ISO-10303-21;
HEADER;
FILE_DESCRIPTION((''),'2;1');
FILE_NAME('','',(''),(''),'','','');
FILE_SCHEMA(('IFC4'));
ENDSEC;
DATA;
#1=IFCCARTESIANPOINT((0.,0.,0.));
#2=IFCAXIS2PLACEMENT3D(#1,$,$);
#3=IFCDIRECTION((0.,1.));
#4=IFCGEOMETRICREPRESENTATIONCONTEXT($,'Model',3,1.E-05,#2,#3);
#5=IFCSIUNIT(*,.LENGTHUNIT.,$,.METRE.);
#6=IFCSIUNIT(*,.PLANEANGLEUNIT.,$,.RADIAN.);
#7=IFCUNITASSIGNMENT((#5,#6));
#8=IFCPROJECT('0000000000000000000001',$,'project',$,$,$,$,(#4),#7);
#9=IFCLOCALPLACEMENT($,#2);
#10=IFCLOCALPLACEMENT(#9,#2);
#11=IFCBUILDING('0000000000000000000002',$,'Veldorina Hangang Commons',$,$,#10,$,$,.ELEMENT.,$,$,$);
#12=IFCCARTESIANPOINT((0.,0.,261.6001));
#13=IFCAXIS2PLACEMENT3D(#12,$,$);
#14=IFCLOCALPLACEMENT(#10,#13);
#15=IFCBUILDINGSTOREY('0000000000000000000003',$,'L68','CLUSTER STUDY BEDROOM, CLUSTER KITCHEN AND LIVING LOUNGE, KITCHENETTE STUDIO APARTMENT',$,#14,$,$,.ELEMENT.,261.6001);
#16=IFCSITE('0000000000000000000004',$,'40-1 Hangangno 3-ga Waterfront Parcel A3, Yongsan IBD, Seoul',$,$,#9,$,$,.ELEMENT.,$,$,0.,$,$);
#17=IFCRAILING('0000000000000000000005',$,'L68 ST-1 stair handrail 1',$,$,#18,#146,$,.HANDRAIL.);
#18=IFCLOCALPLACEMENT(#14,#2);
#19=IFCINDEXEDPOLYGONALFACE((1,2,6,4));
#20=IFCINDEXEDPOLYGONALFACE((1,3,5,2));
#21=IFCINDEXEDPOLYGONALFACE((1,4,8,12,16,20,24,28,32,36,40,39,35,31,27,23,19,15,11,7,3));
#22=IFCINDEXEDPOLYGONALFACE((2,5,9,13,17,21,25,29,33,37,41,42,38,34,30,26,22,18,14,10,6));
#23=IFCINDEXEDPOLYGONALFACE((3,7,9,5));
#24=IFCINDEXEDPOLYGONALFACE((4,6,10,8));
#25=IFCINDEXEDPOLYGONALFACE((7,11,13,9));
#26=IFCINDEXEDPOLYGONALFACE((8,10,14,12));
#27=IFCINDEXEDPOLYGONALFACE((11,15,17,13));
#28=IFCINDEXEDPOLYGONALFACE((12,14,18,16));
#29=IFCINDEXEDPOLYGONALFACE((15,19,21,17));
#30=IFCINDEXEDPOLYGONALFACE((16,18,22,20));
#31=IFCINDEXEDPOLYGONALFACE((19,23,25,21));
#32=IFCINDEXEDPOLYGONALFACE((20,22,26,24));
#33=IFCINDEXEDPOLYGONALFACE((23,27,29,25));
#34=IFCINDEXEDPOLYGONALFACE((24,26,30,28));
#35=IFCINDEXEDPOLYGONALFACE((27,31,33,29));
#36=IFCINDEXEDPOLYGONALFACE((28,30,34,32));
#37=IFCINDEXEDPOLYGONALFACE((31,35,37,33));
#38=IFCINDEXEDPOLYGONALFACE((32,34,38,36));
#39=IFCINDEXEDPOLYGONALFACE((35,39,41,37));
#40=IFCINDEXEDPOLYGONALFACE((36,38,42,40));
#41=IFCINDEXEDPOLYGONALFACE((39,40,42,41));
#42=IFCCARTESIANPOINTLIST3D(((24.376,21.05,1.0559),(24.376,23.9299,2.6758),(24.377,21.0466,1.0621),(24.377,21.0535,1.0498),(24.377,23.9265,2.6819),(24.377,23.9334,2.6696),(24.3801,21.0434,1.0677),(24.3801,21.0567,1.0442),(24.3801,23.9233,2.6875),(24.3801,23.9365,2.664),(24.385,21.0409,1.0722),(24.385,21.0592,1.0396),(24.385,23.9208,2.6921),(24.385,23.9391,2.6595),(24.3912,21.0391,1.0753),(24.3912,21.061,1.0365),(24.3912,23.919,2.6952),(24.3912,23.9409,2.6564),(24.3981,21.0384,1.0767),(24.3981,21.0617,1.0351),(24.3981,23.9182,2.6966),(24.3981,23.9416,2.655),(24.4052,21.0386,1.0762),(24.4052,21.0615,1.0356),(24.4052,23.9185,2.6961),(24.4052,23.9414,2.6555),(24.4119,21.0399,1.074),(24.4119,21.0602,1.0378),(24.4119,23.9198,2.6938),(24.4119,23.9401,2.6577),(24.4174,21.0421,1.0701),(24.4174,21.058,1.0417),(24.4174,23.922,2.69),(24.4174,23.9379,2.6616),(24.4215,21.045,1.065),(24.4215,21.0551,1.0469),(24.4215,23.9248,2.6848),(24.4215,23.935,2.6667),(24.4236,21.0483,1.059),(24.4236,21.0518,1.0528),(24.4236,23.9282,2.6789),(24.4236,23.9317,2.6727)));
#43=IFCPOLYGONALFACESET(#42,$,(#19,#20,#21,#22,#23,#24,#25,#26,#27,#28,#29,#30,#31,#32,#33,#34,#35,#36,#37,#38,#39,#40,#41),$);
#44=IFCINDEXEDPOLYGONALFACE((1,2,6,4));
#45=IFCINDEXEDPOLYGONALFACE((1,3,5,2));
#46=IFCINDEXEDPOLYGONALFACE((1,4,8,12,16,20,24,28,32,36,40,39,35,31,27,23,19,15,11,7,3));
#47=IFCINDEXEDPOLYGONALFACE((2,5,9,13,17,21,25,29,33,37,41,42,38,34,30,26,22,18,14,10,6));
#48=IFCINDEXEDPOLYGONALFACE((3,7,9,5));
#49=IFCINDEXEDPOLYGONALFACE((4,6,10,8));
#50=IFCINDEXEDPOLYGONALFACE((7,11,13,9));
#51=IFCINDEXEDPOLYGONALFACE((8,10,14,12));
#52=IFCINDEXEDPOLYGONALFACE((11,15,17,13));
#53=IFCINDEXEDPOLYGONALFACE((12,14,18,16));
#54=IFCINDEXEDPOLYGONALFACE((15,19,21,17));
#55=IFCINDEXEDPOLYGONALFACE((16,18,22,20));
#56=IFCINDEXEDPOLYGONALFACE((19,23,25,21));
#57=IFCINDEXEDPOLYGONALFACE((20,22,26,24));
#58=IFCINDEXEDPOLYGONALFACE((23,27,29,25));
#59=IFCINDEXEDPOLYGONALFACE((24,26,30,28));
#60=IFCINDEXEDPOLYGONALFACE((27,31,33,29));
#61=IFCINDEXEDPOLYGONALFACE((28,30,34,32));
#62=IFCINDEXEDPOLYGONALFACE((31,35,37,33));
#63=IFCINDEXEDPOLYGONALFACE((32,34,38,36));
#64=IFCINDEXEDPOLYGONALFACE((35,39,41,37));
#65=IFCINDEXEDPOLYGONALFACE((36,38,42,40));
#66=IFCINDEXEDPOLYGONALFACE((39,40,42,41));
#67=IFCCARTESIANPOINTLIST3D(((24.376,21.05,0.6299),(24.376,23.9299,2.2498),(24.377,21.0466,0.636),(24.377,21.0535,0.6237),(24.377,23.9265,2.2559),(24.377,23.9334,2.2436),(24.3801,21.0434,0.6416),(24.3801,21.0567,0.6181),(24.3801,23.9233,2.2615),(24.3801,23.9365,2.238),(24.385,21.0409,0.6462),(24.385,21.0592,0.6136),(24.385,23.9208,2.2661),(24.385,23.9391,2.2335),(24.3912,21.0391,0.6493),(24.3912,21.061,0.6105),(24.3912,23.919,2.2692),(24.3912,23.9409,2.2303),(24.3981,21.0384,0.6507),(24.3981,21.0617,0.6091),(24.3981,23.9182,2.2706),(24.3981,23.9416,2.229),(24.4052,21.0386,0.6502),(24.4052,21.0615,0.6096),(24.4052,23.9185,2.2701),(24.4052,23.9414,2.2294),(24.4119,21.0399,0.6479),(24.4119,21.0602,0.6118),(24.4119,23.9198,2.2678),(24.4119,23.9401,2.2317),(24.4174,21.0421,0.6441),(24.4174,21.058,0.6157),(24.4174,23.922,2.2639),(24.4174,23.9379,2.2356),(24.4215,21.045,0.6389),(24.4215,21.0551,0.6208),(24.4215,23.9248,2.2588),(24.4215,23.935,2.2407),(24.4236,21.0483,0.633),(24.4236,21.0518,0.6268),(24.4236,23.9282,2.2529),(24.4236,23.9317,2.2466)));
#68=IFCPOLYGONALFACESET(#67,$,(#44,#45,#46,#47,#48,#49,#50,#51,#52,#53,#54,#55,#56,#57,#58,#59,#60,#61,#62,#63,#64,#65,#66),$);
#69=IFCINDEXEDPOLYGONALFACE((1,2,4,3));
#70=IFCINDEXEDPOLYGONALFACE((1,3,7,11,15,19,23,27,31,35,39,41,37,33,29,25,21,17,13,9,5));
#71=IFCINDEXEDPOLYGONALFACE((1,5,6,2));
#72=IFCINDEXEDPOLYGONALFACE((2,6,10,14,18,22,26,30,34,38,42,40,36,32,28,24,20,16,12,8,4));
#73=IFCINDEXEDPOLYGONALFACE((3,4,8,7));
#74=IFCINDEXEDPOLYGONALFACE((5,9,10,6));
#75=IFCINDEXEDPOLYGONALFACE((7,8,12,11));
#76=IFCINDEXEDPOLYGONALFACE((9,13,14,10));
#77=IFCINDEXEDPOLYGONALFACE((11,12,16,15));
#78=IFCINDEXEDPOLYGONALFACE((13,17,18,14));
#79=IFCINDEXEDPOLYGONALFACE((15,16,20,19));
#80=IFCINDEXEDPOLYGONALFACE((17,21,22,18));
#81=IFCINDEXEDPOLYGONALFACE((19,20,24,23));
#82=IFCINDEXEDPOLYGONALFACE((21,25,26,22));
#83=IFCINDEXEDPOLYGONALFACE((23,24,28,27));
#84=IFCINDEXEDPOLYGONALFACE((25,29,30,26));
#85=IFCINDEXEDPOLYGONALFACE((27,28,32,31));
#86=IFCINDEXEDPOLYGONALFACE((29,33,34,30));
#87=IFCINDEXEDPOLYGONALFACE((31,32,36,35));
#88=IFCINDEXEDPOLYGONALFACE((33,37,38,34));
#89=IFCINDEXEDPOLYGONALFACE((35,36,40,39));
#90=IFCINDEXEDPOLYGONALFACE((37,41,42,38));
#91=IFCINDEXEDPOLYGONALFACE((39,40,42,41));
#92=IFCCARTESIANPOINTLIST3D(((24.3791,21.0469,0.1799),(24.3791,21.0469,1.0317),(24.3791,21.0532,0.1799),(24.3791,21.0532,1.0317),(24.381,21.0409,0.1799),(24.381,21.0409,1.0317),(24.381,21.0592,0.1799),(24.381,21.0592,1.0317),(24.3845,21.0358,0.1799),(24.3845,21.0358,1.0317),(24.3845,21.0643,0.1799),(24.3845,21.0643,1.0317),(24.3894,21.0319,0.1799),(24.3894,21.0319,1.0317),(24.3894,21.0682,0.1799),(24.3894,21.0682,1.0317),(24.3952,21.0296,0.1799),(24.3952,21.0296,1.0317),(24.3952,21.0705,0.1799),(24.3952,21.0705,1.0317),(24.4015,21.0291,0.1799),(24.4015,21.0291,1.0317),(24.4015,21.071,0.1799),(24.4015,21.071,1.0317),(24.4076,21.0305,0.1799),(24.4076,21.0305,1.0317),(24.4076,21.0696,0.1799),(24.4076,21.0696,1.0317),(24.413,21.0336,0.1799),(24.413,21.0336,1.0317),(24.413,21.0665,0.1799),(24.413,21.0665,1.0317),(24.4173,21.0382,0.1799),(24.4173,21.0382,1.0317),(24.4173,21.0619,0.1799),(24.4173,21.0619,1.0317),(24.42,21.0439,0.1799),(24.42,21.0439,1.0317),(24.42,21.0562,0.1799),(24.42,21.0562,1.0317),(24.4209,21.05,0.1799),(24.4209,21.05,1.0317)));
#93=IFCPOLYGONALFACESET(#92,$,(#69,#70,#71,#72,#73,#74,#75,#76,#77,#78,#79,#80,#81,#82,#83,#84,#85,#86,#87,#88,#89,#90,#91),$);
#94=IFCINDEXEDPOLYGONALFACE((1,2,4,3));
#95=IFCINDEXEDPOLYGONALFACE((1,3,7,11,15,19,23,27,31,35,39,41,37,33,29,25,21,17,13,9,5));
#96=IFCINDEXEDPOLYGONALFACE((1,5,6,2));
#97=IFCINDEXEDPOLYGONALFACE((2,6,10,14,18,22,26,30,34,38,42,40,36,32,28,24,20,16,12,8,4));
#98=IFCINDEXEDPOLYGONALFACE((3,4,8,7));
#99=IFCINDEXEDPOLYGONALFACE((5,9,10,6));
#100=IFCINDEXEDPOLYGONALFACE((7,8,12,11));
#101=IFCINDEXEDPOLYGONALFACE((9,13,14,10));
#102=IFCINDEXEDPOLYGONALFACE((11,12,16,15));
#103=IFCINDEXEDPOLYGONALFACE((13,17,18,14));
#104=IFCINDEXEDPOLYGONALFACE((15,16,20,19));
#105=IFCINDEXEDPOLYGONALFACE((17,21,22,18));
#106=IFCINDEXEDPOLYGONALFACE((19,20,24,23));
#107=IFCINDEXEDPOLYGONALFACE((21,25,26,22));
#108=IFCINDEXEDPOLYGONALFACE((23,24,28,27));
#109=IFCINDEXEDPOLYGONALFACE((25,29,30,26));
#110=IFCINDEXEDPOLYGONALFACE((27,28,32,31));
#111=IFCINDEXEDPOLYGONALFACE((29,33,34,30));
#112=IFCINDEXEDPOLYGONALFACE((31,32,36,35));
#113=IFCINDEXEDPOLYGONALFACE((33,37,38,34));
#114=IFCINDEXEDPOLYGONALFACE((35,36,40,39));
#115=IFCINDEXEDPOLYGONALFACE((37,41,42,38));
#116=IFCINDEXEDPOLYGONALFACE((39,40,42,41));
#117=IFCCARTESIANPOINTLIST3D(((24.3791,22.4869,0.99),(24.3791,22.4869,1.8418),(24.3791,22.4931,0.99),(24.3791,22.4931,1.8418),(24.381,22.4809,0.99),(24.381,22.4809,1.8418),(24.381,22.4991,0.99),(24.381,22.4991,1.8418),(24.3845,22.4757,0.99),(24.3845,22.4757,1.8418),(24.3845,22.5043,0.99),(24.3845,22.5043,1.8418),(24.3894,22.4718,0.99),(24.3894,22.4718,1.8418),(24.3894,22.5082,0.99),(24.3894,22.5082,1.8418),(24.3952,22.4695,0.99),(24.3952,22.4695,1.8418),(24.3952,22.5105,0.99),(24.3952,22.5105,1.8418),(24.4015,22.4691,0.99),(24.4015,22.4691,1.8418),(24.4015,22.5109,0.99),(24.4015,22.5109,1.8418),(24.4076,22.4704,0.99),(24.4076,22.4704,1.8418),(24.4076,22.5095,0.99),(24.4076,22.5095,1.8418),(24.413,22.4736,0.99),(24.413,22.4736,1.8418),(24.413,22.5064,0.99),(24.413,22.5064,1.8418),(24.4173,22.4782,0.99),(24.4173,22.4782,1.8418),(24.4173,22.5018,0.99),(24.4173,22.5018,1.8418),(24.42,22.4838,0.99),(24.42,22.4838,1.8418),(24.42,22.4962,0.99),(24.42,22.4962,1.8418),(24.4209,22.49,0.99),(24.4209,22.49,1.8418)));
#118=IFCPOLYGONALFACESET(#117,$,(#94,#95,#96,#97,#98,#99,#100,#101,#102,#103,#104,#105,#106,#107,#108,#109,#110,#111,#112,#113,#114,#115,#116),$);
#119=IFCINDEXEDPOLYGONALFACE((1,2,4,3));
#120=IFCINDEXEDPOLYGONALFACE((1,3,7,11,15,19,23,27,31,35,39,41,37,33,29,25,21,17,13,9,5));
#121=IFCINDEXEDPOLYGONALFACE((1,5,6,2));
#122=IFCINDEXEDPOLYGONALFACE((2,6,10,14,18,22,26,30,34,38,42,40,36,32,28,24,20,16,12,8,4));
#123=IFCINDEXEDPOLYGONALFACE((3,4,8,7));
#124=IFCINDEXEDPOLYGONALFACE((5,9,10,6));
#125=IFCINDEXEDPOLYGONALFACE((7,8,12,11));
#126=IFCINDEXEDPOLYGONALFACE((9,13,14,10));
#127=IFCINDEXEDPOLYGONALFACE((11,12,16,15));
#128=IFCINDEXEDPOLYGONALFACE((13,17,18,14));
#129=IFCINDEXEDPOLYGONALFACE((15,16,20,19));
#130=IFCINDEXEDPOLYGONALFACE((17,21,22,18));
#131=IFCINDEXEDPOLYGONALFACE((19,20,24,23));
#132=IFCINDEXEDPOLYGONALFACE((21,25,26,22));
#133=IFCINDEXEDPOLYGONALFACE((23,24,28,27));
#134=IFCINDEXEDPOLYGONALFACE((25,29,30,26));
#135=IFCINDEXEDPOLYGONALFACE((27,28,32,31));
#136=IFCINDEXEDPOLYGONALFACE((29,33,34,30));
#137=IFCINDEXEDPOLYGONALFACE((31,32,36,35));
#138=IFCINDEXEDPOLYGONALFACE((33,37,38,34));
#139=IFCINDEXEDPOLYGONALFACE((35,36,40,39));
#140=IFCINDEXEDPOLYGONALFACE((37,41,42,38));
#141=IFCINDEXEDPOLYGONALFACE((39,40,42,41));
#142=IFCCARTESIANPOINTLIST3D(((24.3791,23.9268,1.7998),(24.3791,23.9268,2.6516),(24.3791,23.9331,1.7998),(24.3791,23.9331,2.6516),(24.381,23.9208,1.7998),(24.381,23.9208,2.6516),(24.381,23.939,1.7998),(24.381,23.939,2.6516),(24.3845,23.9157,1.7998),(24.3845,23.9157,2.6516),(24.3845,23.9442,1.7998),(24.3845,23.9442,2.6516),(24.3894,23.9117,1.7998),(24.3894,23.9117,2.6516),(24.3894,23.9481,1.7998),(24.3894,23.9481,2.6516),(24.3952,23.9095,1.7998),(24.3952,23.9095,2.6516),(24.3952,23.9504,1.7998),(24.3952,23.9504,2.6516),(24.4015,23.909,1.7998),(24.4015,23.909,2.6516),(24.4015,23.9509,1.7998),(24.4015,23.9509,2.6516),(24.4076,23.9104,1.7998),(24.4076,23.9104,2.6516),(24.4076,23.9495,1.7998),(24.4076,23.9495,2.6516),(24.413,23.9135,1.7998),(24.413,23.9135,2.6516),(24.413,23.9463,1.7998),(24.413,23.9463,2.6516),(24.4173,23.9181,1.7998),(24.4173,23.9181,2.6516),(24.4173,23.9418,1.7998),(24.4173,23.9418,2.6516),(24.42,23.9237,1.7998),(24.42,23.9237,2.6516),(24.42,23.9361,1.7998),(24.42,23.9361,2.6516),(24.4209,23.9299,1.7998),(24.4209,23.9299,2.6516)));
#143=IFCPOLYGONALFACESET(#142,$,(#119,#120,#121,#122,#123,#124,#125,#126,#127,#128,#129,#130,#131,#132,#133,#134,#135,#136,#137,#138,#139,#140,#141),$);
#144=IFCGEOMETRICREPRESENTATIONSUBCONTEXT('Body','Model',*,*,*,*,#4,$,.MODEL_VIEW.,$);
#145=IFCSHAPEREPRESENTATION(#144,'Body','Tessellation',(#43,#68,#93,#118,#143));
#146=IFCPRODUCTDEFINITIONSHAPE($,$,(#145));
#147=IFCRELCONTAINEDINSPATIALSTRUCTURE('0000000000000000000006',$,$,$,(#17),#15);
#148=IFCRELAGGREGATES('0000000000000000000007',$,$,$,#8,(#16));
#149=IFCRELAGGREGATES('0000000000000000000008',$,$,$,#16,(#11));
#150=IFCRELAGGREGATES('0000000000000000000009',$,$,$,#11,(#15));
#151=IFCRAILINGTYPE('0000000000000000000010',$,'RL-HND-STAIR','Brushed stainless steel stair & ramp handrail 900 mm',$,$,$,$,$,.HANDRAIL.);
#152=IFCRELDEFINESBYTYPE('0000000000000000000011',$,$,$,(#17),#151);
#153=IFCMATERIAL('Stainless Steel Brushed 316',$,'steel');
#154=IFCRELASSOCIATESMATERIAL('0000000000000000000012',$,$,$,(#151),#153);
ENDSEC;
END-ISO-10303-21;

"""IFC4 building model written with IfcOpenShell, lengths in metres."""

from ifc_helpers import new_model, si_unit, direction, frame, origin, origin_2d, place, context, subcontext, project, spatial, circle, extrude, material, type_object, element, save


model = new_model("IFC4")

# Units and contexts
model_context = context("Model", 3, precision=1e-05, world=origin(), true_north=direction((0.0, 1.0)))
body_context = subcontext(model_context, "Body", "Model", "MODEL_VIEW")
ifc_project = project(units=[si_unit("LENGTHUNIT", "METRE"), si_unit("PLANEANGLEUNIT", "RADIAN")], contexts=[model_context])

# Site, building, storey
site_placement = place(None, origin())
site = spatial("IfcSite", under=ifc_project, at=site_placement, Name="40-1 Hangangno 3-ga Waterfront Parcel A3, Yongsan IBD, Seoul", CompositionType="ELEMENT", RefElevation=0.0)
building_placement = place(site_placement, origin())
building = spatial("IfcBuilding", under=site, at=building_placement, Name="Veldorina Hangang Commons", CompositionType="ELEMENT")
storey_placement = place(building_placement, frame((0.0, 0.0, 261.6001)))
storey = spatial("IfcBuildingStorey", under=building, at=storey_placement, Name="L68", Description="CLUSTER STUDY BEDROOM, CLUSTER KITCHEN AND LIVING LOUNGE, KITCHENETTE STUDIO APARTMENT", CompositionType="ELEMENT", Elevation=261.6001)

# Railing
ifc_material_1 = material(Name="Stainless Steel Brushed 316", Category="steel")
railing_type_1 = type_object("IfcRailingType", Name="RL-HND-STAIR", Description="Brushed stainless steel stair & ramp handrail 900 mm", PredefinedType="HANDRAIL", material=ifc_material_1)
railing_1_placement = place(storey_placement, frame((24.3999, 21.05, 0.1799)))
element("IfcRailing", 1, at=railing_1_placement, inside=storey, type_object=railing_type_1, Name="L68 ST-1 stair handrail 1", PredefinedType="HANDRAIL", context=body_context, shape_type="SweptSolid", body=[
    extrude(circle(Radius=0.0239, at=origin_2d()), frame((0.0, 0.0, 0.876), z_axis=(0.0, 0.871583, 0.490247), x_axis=(-1.0, 0.0, 0.0)), (0.0, 0.0, 1.0), 3.3042),
    extrude(circle(Radius=0.0239, at=origin_2d()), frame((0.0, 0.0, 0.45), z_axis=(0.0, 0.871583, 0.490247), x_axis=(-1.0, 0.0, 0.0)), (0.0, 0.0, 1.0), 3.3042),
    extrude(circle(Radius=0.021, at=origin_2d()), origin(), (0.0, 0.0, 1.0), 0.8518),
    extrude(circle(Radius=0.021, at=origin_2d()), frame((0.0, 1.4399, 0.8101)), (0.0, 0.0, 1.0), 0.8518),
    extrude(circle(Radius=0.021, at=origin_2d()), frame((0.0, 2.8799, 1.6199)), (0.0, 0.0, 1.0), 0.8518),
])

save(model, "model.ifc")
